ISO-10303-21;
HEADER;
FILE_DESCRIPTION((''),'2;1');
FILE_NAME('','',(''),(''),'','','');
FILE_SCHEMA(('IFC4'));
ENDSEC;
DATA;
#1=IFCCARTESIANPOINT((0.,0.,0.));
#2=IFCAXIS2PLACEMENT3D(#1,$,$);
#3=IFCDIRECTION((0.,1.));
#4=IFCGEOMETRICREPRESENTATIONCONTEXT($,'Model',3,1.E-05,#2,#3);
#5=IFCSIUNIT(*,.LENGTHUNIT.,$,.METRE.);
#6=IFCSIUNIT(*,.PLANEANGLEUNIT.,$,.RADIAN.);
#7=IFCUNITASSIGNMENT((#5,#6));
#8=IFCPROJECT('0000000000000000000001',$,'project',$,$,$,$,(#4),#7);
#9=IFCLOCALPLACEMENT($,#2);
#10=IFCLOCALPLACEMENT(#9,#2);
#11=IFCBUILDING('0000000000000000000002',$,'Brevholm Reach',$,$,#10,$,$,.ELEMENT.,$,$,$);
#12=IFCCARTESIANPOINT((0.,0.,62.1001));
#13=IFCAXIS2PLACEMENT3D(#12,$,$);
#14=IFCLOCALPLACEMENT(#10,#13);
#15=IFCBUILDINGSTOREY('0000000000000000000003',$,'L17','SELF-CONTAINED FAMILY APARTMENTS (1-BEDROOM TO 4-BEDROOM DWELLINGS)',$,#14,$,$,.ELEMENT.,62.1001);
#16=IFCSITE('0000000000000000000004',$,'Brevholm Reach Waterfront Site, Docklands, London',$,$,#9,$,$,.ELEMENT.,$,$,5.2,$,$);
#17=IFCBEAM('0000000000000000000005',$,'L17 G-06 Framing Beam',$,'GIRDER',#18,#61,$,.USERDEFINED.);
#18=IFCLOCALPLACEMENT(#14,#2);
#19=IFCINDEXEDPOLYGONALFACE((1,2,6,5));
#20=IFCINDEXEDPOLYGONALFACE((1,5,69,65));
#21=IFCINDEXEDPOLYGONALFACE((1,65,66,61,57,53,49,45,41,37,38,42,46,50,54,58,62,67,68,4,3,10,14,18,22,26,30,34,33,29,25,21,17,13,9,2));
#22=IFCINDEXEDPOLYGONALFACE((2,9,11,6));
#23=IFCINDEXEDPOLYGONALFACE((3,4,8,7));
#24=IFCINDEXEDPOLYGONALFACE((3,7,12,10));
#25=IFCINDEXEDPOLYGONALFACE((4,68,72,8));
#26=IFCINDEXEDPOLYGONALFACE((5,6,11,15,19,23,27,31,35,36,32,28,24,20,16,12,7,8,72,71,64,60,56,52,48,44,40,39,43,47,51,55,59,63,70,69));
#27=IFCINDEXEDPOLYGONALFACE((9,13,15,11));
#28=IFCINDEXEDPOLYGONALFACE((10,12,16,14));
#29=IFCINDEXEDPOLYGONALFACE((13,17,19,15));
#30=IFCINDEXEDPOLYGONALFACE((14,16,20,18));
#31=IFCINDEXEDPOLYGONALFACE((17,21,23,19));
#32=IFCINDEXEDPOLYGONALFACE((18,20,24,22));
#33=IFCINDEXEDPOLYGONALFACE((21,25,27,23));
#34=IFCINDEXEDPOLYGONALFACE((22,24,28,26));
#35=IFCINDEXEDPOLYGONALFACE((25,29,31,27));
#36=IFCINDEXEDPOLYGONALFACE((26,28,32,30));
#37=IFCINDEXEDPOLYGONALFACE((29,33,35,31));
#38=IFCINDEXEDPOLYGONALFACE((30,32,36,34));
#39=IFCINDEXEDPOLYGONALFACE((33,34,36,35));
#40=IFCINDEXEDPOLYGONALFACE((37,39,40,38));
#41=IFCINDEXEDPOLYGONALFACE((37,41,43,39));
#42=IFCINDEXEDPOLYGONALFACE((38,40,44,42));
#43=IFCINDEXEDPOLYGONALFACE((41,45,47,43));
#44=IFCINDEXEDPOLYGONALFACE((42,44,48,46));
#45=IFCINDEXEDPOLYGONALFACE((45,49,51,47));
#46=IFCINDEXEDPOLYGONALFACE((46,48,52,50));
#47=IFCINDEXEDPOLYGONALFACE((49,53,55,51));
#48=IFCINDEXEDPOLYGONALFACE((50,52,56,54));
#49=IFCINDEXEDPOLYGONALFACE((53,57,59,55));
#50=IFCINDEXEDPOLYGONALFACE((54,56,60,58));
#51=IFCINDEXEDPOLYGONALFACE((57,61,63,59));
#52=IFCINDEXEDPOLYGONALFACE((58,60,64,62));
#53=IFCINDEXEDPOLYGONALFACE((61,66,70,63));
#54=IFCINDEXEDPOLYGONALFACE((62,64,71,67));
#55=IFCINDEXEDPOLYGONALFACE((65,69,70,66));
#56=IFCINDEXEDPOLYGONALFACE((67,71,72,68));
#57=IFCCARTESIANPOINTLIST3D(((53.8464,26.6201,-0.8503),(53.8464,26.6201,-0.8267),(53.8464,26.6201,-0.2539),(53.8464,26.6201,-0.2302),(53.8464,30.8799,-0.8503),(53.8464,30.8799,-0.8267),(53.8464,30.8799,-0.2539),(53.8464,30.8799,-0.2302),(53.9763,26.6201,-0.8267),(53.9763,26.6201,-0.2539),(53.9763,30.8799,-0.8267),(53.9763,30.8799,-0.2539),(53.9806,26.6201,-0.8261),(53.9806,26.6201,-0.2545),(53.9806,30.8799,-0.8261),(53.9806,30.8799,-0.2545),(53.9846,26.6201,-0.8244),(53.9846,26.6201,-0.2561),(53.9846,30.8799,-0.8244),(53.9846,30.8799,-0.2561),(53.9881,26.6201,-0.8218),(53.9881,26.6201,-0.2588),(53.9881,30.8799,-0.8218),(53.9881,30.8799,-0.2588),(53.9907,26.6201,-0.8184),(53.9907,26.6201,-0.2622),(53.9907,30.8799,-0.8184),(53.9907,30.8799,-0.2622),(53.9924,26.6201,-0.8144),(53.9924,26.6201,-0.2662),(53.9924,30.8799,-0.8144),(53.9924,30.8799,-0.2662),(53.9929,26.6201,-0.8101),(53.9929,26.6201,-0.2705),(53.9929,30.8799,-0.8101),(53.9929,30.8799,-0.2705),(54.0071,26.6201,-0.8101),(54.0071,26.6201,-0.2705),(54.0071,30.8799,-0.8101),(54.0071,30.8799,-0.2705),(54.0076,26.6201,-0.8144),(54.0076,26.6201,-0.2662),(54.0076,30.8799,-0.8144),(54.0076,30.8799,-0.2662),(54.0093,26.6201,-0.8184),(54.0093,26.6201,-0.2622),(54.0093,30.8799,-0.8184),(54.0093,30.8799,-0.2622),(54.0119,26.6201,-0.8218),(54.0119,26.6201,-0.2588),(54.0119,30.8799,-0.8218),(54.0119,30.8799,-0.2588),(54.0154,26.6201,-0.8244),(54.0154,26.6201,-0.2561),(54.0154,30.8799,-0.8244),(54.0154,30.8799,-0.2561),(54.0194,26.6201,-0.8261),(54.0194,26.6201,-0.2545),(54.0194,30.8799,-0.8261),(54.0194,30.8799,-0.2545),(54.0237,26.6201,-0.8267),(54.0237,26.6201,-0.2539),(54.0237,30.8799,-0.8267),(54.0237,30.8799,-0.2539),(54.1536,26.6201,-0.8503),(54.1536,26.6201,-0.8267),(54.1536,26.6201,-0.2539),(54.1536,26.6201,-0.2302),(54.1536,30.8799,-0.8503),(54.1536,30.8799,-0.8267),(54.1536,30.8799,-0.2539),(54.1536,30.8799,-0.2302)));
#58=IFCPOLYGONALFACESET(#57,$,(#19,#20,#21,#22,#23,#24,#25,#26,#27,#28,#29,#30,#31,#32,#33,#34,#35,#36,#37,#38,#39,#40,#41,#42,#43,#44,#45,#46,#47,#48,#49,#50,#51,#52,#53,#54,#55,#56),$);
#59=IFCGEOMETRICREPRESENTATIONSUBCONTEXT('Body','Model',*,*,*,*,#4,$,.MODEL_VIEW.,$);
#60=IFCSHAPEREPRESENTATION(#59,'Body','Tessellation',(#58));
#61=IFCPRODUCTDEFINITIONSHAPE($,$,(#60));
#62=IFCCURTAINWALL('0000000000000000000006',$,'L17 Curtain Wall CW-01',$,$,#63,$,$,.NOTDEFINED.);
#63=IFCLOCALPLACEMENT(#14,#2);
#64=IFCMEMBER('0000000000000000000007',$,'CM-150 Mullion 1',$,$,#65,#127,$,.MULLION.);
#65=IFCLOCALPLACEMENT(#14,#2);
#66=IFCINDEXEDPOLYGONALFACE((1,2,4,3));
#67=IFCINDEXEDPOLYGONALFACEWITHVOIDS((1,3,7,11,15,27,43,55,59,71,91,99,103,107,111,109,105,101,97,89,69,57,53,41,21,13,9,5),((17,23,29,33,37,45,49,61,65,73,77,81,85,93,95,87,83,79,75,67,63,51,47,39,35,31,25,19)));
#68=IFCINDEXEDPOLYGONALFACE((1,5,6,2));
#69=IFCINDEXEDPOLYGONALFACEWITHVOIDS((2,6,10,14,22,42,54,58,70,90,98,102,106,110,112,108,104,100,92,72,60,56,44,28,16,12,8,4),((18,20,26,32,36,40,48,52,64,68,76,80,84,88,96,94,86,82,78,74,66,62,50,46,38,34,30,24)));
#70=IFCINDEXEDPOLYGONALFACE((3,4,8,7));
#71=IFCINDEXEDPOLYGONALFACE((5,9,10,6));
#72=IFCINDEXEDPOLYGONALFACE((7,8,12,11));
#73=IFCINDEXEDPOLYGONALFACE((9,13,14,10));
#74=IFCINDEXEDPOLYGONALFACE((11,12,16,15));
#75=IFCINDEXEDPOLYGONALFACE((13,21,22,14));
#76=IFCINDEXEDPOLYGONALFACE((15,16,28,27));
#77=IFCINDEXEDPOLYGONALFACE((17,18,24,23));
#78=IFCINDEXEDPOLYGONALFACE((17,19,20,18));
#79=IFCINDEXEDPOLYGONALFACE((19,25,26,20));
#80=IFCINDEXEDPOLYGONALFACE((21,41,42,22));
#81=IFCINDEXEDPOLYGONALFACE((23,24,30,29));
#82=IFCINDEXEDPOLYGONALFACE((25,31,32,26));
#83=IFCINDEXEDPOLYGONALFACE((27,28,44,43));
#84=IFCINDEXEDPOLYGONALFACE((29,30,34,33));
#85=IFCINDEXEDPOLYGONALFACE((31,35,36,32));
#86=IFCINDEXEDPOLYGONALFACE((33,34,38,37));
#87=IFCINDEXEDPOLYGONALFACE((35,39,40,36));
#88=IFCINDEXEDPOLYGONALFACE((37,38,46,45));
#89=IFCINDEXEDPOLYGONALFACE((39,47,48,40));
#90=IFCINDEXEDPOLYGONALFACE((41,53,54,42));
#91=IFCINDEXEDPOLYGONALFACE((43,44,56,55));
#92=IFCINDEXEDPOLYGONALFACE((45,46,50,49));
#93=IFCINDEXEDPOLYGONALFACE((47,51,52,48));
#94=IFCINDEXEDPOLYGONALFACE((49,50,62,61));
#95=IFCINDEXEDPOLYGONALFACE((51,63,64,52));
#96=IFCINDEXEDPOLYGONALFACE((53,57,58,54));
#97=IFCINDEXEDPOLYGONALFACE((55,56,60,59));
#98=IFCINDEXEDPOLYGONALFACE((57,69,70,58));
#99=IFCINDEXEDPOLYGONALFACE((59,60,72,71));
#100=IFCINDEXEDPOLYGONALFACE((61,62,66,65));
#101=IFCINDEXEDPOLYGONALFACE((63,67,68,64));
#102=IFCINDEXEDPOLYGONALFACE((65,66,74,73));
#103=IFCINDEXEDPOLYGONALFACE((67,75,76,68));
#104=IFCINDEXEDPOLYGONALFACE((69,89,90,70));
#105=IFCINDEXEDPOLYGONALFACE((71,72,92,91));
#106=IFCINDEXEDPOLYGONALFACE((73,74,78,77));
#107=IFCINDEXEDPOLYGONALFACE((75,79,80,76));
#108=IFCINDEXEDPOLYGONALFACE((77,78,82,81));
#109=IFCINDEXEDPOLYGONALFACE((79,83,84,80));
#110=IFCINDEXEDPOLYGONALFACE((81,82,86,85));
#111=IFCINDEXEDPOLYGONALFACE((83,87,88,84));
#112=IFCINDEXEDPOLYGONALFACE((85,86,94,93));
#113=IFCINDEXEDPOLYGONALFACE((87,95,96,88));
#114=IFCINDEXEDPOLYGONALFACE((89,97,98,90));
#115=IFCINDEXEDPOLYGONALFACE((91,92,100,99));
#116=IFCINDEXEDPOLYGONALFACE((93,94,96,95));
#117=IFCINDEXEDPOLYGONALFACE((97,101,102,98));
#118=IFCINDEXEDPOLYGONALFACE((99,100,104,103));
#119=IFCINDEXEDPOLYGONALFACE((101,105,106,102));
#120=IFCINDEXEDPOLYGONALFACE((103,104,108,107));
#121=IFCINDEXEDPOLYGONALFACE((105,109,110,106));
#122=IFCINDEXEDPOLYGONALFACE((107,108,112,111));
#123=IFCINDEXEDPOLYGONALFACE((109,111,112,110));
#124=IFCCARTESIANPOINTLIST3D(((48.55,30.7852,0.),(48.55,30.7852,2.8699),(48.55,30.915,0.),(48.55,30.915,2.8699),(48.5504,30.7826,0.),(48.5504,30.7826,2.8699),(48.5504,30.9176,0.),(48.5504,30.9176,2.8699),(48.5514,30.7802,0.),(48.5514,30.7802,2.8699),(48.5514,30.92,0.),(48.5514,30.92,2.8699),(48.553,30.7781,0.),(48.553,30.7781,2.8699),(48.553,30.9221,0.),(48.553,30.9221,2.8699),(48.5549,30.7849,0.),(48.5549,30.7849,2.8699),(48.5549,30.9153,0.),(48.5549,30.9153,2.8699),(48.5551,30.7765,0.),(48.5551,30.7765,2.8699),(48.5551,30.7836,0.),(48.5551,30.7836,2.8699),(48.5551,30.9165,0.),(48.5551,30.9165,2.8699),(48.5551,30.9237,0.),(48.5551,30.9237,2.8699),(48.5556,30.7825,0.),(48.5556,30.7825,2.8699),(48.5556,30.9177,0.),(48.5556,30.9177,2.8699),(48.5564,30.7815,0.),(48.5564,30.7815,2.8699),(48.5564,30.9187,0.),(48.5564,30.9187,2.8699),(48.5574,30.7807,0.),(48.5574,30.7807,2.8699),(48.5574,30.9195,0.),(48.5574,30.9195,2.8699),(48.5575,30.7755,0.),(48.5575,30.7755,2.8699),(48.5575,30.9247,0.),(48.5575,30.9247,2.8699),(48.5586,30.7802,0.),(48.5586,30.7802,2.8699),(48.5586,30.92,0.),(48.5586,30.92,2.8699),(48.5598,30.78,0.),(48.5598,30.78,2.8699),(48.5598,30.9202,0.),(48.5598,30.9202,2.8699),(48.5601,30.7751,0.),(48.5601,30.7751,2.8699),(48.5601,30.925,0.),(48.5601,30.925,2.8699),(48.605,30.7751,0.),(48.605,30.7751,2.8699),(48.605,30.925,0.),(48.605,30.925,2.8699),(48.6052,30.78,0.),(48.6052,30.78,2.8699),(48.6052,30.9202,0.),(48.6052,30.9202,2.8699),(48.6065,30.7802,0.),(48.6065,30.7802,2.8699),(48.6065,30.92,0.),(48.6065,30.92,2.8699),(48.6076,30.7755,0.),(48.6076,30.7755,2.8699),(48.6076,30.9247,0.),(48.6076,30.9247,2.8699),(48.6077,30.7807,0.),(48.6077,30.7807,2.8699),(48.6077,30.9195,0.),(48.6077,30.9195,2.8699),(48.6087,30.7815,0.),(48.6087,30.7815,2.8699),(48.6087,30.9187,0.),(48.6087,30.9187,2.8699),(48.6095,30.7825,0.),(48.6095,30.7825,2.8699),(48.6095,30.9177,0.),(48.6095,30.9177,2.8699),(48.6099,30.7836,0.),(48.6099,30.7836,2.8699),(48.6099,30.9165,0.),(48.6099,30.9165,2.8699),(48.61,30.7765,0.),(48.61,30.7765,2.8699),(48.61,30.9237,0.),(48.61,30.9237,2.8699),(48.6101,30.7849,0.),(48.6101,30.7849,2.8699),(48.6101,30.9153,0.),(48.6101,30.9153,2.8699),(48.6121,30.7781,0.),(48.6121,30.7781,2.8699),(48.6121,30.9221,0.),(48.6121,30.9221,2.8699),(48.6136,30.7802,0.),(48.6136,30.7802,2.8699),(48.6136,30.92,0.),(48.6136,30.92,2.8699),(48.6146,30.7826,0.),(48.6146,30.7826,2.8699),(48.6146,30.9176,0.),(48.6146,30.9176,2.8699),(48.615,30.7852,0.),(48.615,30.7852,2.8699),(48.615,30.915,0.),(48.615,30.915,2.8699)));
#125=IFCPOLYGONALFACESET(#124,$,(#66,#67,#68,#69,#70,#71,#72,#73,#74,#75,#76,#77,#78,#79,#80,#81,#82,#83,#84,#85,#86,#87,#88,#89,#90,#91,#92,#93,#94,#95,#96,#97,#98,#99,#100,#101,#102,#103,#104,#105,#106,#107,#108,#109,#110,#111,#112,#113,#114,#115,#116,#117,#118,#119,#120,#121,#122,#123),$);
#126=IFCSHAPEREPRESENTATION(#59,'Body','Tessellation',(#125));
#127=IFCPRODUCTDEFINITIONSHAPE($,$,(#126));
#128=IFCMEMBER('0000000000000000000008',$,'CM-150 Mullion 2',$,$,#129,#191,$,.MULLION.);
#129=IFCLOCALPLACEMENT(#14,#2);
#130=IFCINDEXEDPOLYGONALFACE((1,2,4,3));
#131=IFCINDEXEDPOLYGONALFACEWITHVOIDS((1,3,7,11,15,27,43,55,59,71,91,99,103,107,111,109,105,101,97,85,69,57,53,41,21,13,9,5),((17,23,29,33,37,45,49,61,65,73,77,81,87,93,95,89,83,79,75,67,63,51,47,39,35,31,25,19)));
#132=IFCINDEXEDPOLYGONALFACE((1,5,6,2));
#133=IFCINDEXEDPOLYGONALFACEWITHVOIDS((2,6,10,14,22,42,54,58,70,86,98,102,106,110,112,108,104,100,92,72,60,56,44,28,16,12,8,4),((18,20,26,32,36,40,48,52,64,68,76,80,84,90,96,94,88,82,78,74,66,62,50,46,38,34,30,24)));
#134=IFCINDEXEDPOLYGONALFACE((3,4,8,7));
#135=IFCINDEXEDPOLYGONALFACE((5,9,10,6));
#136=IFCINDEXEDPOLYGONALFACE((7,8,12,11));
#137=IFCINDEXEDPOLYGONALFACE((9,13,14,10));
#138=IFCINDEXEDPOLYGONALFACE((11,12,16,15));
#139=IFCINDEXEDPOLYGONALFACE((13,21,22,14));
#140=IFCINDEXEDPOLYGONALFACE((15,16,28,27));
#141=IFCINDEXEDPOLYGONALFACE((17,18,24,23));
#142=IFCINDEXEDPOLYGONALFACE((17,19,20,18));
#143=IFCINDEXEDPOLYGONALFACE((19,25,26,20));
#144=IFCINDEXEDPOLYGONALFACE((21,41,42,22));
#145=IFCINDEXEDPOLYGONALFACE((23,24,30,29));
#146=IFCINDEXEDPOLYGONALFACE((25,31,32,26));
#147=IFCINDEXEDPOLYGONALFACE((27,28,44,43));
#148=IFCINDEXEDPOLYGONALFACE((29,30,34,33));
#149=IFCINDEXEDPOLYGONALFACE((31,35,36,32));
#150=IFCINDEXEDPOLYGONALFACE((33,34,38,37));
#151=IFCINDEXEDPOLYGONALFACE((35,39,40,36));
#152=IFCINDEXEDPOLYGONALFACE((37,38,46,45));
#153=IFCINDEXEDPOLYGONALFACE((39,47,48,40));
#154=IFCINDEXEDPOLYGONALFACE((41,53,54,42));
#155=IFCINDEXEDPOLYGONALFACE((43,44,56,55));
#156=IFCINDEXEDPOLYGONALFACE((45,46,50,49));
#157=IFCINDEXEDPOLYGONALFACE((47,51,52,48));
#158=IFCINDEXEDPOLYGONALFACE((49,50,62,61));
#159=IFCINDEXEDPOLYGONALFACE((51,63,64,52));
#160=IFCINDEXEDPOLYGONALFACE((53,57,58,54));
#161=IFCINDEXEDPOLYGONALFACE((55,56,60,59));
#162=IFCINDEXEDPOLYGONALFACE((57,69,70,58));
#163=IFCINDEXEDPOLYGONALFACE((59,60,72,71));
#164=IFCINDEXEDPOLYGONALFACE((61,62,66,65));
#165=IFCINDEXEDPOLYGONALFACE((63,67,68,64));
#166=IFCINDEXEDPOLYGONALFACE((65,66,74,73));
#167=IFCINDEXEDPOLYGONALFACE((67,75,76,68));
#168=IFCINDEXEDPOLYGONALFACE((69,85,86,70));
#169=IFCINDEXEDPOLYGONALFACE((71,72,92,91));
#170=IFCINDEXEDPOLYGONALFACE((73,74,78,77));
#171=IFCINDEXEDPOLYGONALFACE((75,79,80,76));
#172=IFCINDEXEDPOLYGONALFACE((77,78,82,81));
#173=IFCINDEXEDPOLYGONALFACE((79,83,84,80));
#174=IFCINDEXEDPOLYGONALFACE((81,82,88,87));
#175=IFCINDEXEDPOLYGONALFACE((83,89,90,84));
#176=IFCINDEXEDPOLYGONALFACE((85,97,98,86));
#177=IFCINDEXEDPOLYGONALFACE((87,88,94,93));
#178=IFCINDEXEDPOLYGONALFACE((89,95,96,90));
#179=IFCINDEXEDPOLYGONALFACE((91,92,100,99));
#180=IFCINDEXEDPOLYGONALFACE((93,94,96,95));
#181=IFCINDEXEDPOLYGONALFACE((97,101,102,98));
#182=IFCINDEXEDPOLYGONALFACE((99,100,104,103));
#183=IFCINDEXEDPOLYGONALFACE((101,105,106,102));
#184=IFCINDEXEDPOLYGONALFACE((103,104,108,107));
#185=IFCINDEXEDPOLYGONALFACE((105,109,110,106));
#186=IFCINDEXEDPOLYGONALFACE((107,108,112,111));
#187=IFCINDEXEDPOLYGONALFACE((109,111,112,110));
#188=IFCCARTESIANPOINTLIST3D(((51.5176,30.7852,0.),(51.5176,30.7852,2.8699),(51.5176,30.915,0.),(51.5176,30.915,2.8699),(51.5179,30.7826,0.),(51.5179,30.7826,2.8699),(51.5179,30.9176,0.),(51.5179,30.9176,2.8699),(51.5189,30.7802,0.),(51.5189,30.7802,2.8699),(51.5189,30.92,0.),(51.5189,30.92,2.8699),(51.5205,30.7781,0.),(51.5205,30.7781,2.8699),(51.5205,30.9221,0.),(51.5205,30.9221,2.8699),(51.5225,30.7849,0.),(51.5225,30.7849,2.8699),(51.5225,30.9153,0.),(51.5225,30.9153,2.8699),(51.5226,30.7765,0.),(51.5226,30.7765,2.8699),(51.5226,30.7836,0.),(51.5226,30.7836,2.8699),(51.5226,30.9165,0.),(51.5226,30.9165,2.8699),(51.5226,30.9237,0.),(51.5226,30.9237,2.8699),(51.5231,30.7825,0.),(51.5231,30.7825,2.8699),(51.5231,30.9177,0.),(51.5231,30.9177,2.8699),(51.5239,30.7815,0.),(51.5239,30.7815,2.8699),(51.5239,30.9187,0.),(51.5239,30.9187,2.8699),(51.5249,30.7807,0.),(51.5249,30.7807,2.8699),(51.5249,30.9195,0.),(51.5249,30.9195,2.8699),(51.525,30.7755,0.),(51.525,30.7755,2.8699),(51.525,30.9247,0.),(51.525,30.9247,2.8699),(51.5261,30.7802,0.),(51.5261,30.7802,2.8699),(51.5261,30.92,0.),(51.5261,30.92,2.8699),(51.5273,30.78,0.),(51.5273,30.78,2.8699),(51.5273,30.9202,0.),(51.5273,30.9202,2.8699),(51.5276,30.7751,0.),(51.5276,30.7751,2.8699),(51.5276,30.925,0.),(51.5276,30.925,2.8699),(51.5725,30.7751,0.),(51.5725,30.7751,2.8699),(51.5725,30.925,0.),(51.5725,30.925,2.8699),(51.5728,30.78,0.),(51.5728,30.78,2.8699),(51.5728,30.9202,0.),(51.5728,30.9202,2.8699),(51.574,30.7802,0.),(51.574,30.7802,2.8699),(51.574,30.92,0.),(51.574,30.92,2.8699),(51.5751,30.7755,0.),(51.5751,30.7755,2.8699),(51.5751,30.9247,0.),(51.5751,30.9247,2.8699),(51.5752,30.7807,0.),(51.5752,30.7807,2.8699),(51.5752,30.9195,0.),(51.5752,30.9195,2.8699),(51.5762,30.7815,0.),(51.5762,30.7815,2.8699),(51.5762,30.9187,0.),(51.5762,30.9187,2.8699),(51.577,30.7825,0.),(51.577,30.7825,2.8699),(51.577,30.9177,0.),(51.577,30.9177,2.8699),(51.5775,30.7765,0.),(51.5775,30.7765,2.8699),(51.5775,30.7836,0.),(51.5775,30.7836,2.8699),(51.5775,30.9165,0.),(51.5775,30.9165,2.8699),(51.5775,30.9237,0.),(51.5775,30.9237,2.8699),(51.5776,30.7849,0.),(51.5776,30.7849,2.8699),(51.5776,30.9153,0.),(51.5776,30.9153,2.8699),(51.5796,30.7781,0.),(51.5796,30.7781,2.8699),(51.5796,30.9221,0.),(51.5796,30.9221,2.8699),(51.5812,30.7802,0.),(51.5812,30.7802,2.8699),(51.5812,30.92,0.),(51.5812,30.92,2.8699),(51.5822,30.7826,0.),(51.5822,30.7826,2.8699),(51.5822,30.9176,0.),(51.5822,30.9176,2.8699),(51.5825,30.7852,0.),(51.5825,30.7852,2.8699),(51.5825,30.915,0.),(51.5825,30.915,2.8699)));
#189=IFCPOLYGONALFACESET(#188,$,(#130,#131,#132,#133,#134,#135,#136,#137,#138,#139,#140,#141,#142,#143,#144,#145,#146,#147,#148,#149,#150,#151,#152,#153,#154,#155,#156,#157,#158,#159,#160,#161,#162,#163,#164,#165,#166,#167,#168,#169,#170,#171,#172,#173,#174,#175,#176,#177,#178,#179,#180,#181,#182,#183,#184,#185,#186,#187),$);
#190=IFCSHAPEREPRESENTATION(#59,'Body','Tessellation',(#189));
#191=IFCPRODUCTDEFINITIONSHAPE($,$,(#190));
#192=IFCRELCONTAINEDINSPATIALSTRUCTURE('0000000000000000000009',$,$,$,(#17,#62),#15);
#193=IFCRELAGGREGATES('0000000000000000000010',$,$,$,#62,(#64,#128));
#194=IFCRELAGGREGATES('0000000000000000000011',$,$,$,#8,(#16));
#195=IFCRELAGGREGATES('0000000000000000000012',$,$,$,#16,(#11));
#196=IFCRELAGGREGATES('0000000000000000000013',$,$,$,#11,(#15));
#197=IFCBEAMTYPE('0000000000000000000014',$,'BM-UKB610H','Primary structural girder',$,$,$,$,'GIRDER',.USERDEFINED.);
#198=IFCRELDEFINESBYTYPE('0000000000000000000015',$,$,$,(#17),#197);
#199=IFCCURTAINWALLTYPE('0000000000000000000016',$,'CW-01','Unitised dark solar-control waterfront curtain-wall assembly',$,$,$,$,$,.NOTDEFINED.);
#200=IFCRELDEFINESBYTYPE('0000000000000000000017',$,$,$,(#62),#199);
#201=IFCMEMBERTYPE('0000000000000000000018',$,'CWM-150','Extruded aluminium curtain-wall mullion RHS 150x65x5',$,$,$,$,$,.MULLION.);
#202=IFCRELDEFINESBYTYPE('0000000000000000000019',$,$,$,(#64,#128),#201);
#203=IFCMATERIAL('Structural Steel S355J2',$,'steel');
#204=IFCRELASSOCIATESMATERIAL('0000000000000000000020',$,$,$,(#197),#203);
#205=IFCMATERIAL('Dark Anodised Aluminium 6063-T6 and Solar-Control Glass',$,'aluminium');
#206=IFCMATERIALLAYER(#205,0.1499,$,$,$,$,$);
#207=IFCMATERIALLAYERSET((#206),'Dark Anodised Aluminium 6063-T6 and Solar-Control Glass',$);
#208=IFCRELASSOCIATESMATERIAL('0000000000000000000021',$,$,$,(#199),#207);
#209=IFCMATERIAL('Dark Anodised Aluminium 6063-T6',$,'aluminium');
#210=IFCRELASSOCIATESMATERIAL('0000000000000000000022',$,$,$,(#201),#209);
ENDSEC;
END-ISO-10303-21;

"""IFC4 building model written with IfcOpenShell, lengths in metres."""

from ifc_helpers import new_model, si_unit, direction, frame, origin, origin_2d, place, context, subcontext, project, spatial, hollow_rectangle, i_section, extrude, material, layer, layer_set, material_profile, profile_set, type_object, element, aggregate, save


model = new_model("IFC4")

# Units and contexts
model_context = context("Model", 3, precision=1e-05, world=origin(), true_north=direction((0.0, 1.0)))
body_context = subcontext(model_context, "Body", "Model", "MODEL_VIEW")
ifc_project = project(units=[si_unit("LENGTHUNIT", "METRE"), si_unit("PLANEANGLEUNIT", "RADIAN")], contexts=[model_context])

# Site, building, storey
site_placement = place(None, origin())
site = spatial("IfcSite", under=ifc_project, at=site_placement, Name="Brevholm Reach Waterfront Site, Docklands, London", CompositionType="ELEMENT", RefElevation=5.2)
building_placement = place(site_placement, origin())
building = spatial("IfcBuilding", under=site, at=building_placement, Name="Brevholm Reach", CompositionType="ELEMENT")
storey_placement = place(building_placement, frame((0.0, 0.0, 62.1001)))
storey = spatial("IfcBuildingStorey", under=building, at=storey_placement, Name="L17", Description="SELF-CONTAINED FAMILY APARTMENTS (1-BEDROOM TO 4-BEDROOM DWELLINGS)", CompositionType="ELEMENT", Elevation=62.1001)

# Beam
ifc_material_1 = material(Name="Structural Steel S355J2", Category="steel")
ifc_material_profile_1 = material_profile(ifc_material_1, i_section(OverallWidth=0.3071, OverallDepth=0.6201, WebThickness=0.0142, FlangeThickness=0.0237, FilletRadius=0.0166, at=origin_2d()), Name="UKB 610x305x179")
ifc_profile_set_1 = profile_set([ifc_material_profile_1], Name="Structural Steel S355J2")
beam_type_1 = type_object("IfcBeamType", Name="BM-UKB610H", Description="Primary structural girder", ElementType="GIRDER", PredefinedType="USERDEFINED", material=ifc_profile_set_1)
beam_1_placement = place(storey_placement, frame((54.0, 26.6201, -0.5403), z_axis=(0.0, 1.0, 0.0), x_axis=(-1.0, 0.0, 0.0)))
element("IfcBeam", 1, at=beam_1_placement, inside=storey, type_object=beam_type_1, Name="L17 G-06 Framing Beam", ObjectType="GIRDER", PredefinedType="USERDEFINED", context=body_context, shape_type="SweptSolid", body=[
    extrude(i_section(OverallWidth=0.3071, OverallDepth=0.6201, WebThickness=0.0142, FlangeThickness=0.0237, FilletRadius=0.0166, at=origin_2d()), origin(), (0.0, 0.0, 1.0), 4.2598),
])

# Curtain wall, members
ifc_material_2 = material(Name="Dark Anodised Aluminium 6063-T6 and Solar-Control Glass", Category="aluminium")
ifc_layer_1 = layer(ifc_material_2, 0.1499)
ifc_layer_set_1 = layer_set([ifc_layer_1], Name="Dark Anodised Aluminium 6063-T6 and Solar-Control Glass")
curtain_wall_type = type_object("IfcCurtainWallType", Name="CW-01", Description="Unitised dark solar-control waterfront curtain-wall assembly", PredefinedType="NOTDEFINED", material=ifc_layer_set_1)
curtain_wall_placement = place(storey_placement, origin())
curtain_wall = element("IfcCurtainWall", 2, at=curtain_wall_placement, inside=storey, type_object=curtain_wall_type, Name="L17 Curtain Wall CW-01", PredefinedType="NOTDEFINED")
ifc_material_3 = material(Name="Dark Anodised Aluminium 6063-T6", Category="aluminium")
ifc_material_profile_2 = material_profile(ifc_material_3, hollow_rectangle(XDim=0.0649, YDim=0.1499, WallThickness=0.0049, InnerFilletRadius=0.0049, OuterFilletRadius=0.01, at=origin_2d()), Name="RHS 150x65x5")
ifc_profile_set_2 = profile_set([ifc_material_profile_2], Name="Dark Anodised Aluminium 6063-T6")
member_type_1 = type_object("IfcMemberType", Name="CWM-150", Description="Extruded aluminium curtain-wall mullion RHS 150x65x5", PredefinedType="MULLION", material=ifc_profile_set_2)
member_1_placement = place(storey_placement, frame((48.5825, 30.8501, 0.0), z_axis=(0.0, 0.0, 1.0), x_axis=(1.0, 0.0, 0.0)))
member_1 = element("IfcMember", 3, at=member_1_placement, type_object=member_type_1, Name="CM-150 Mullion 1", PredefinedType="MULLION", context=body_context, shape_type="SweptSolid", body=[
    extrude(hollow_rectangle(XDim=0.0649, YDim=0.1499, WallThickness=0.0049, InnerFilletRadius=0.0049, OuterFilletRadius=0.01, at=origin_2d()), origin(), (0.0, 0.0, 1.0), 2.8699),
])
member_2_placement = place(storey_placement, frame((51.55, 30.8501, 0.0), z_axis=(0.0, 0.0, 1.0), x_axis=(1.0, 0.0, 0.0)))
member_2 = element("IfcMember", 4, at=member_2_placement, type_object=member_type_1, Name="CM-150 Mullion 2", PredefinedType="MULLION", context=body_context, shape_type="SweptSolid", body=[
    extrude(hollow_rectangle(XDim=0.0649, YDim=0.1499, WallThickness=0.0049, InnerFilletRadius=0.0049, OuterFilletRadius=0.01, at=origin_2d()), origin(), (0.0, 0.0, 1.0), 2.8699),
])
aggregate(curtain_wall, [member_1, member_2])

save(model, "model.ifc")
